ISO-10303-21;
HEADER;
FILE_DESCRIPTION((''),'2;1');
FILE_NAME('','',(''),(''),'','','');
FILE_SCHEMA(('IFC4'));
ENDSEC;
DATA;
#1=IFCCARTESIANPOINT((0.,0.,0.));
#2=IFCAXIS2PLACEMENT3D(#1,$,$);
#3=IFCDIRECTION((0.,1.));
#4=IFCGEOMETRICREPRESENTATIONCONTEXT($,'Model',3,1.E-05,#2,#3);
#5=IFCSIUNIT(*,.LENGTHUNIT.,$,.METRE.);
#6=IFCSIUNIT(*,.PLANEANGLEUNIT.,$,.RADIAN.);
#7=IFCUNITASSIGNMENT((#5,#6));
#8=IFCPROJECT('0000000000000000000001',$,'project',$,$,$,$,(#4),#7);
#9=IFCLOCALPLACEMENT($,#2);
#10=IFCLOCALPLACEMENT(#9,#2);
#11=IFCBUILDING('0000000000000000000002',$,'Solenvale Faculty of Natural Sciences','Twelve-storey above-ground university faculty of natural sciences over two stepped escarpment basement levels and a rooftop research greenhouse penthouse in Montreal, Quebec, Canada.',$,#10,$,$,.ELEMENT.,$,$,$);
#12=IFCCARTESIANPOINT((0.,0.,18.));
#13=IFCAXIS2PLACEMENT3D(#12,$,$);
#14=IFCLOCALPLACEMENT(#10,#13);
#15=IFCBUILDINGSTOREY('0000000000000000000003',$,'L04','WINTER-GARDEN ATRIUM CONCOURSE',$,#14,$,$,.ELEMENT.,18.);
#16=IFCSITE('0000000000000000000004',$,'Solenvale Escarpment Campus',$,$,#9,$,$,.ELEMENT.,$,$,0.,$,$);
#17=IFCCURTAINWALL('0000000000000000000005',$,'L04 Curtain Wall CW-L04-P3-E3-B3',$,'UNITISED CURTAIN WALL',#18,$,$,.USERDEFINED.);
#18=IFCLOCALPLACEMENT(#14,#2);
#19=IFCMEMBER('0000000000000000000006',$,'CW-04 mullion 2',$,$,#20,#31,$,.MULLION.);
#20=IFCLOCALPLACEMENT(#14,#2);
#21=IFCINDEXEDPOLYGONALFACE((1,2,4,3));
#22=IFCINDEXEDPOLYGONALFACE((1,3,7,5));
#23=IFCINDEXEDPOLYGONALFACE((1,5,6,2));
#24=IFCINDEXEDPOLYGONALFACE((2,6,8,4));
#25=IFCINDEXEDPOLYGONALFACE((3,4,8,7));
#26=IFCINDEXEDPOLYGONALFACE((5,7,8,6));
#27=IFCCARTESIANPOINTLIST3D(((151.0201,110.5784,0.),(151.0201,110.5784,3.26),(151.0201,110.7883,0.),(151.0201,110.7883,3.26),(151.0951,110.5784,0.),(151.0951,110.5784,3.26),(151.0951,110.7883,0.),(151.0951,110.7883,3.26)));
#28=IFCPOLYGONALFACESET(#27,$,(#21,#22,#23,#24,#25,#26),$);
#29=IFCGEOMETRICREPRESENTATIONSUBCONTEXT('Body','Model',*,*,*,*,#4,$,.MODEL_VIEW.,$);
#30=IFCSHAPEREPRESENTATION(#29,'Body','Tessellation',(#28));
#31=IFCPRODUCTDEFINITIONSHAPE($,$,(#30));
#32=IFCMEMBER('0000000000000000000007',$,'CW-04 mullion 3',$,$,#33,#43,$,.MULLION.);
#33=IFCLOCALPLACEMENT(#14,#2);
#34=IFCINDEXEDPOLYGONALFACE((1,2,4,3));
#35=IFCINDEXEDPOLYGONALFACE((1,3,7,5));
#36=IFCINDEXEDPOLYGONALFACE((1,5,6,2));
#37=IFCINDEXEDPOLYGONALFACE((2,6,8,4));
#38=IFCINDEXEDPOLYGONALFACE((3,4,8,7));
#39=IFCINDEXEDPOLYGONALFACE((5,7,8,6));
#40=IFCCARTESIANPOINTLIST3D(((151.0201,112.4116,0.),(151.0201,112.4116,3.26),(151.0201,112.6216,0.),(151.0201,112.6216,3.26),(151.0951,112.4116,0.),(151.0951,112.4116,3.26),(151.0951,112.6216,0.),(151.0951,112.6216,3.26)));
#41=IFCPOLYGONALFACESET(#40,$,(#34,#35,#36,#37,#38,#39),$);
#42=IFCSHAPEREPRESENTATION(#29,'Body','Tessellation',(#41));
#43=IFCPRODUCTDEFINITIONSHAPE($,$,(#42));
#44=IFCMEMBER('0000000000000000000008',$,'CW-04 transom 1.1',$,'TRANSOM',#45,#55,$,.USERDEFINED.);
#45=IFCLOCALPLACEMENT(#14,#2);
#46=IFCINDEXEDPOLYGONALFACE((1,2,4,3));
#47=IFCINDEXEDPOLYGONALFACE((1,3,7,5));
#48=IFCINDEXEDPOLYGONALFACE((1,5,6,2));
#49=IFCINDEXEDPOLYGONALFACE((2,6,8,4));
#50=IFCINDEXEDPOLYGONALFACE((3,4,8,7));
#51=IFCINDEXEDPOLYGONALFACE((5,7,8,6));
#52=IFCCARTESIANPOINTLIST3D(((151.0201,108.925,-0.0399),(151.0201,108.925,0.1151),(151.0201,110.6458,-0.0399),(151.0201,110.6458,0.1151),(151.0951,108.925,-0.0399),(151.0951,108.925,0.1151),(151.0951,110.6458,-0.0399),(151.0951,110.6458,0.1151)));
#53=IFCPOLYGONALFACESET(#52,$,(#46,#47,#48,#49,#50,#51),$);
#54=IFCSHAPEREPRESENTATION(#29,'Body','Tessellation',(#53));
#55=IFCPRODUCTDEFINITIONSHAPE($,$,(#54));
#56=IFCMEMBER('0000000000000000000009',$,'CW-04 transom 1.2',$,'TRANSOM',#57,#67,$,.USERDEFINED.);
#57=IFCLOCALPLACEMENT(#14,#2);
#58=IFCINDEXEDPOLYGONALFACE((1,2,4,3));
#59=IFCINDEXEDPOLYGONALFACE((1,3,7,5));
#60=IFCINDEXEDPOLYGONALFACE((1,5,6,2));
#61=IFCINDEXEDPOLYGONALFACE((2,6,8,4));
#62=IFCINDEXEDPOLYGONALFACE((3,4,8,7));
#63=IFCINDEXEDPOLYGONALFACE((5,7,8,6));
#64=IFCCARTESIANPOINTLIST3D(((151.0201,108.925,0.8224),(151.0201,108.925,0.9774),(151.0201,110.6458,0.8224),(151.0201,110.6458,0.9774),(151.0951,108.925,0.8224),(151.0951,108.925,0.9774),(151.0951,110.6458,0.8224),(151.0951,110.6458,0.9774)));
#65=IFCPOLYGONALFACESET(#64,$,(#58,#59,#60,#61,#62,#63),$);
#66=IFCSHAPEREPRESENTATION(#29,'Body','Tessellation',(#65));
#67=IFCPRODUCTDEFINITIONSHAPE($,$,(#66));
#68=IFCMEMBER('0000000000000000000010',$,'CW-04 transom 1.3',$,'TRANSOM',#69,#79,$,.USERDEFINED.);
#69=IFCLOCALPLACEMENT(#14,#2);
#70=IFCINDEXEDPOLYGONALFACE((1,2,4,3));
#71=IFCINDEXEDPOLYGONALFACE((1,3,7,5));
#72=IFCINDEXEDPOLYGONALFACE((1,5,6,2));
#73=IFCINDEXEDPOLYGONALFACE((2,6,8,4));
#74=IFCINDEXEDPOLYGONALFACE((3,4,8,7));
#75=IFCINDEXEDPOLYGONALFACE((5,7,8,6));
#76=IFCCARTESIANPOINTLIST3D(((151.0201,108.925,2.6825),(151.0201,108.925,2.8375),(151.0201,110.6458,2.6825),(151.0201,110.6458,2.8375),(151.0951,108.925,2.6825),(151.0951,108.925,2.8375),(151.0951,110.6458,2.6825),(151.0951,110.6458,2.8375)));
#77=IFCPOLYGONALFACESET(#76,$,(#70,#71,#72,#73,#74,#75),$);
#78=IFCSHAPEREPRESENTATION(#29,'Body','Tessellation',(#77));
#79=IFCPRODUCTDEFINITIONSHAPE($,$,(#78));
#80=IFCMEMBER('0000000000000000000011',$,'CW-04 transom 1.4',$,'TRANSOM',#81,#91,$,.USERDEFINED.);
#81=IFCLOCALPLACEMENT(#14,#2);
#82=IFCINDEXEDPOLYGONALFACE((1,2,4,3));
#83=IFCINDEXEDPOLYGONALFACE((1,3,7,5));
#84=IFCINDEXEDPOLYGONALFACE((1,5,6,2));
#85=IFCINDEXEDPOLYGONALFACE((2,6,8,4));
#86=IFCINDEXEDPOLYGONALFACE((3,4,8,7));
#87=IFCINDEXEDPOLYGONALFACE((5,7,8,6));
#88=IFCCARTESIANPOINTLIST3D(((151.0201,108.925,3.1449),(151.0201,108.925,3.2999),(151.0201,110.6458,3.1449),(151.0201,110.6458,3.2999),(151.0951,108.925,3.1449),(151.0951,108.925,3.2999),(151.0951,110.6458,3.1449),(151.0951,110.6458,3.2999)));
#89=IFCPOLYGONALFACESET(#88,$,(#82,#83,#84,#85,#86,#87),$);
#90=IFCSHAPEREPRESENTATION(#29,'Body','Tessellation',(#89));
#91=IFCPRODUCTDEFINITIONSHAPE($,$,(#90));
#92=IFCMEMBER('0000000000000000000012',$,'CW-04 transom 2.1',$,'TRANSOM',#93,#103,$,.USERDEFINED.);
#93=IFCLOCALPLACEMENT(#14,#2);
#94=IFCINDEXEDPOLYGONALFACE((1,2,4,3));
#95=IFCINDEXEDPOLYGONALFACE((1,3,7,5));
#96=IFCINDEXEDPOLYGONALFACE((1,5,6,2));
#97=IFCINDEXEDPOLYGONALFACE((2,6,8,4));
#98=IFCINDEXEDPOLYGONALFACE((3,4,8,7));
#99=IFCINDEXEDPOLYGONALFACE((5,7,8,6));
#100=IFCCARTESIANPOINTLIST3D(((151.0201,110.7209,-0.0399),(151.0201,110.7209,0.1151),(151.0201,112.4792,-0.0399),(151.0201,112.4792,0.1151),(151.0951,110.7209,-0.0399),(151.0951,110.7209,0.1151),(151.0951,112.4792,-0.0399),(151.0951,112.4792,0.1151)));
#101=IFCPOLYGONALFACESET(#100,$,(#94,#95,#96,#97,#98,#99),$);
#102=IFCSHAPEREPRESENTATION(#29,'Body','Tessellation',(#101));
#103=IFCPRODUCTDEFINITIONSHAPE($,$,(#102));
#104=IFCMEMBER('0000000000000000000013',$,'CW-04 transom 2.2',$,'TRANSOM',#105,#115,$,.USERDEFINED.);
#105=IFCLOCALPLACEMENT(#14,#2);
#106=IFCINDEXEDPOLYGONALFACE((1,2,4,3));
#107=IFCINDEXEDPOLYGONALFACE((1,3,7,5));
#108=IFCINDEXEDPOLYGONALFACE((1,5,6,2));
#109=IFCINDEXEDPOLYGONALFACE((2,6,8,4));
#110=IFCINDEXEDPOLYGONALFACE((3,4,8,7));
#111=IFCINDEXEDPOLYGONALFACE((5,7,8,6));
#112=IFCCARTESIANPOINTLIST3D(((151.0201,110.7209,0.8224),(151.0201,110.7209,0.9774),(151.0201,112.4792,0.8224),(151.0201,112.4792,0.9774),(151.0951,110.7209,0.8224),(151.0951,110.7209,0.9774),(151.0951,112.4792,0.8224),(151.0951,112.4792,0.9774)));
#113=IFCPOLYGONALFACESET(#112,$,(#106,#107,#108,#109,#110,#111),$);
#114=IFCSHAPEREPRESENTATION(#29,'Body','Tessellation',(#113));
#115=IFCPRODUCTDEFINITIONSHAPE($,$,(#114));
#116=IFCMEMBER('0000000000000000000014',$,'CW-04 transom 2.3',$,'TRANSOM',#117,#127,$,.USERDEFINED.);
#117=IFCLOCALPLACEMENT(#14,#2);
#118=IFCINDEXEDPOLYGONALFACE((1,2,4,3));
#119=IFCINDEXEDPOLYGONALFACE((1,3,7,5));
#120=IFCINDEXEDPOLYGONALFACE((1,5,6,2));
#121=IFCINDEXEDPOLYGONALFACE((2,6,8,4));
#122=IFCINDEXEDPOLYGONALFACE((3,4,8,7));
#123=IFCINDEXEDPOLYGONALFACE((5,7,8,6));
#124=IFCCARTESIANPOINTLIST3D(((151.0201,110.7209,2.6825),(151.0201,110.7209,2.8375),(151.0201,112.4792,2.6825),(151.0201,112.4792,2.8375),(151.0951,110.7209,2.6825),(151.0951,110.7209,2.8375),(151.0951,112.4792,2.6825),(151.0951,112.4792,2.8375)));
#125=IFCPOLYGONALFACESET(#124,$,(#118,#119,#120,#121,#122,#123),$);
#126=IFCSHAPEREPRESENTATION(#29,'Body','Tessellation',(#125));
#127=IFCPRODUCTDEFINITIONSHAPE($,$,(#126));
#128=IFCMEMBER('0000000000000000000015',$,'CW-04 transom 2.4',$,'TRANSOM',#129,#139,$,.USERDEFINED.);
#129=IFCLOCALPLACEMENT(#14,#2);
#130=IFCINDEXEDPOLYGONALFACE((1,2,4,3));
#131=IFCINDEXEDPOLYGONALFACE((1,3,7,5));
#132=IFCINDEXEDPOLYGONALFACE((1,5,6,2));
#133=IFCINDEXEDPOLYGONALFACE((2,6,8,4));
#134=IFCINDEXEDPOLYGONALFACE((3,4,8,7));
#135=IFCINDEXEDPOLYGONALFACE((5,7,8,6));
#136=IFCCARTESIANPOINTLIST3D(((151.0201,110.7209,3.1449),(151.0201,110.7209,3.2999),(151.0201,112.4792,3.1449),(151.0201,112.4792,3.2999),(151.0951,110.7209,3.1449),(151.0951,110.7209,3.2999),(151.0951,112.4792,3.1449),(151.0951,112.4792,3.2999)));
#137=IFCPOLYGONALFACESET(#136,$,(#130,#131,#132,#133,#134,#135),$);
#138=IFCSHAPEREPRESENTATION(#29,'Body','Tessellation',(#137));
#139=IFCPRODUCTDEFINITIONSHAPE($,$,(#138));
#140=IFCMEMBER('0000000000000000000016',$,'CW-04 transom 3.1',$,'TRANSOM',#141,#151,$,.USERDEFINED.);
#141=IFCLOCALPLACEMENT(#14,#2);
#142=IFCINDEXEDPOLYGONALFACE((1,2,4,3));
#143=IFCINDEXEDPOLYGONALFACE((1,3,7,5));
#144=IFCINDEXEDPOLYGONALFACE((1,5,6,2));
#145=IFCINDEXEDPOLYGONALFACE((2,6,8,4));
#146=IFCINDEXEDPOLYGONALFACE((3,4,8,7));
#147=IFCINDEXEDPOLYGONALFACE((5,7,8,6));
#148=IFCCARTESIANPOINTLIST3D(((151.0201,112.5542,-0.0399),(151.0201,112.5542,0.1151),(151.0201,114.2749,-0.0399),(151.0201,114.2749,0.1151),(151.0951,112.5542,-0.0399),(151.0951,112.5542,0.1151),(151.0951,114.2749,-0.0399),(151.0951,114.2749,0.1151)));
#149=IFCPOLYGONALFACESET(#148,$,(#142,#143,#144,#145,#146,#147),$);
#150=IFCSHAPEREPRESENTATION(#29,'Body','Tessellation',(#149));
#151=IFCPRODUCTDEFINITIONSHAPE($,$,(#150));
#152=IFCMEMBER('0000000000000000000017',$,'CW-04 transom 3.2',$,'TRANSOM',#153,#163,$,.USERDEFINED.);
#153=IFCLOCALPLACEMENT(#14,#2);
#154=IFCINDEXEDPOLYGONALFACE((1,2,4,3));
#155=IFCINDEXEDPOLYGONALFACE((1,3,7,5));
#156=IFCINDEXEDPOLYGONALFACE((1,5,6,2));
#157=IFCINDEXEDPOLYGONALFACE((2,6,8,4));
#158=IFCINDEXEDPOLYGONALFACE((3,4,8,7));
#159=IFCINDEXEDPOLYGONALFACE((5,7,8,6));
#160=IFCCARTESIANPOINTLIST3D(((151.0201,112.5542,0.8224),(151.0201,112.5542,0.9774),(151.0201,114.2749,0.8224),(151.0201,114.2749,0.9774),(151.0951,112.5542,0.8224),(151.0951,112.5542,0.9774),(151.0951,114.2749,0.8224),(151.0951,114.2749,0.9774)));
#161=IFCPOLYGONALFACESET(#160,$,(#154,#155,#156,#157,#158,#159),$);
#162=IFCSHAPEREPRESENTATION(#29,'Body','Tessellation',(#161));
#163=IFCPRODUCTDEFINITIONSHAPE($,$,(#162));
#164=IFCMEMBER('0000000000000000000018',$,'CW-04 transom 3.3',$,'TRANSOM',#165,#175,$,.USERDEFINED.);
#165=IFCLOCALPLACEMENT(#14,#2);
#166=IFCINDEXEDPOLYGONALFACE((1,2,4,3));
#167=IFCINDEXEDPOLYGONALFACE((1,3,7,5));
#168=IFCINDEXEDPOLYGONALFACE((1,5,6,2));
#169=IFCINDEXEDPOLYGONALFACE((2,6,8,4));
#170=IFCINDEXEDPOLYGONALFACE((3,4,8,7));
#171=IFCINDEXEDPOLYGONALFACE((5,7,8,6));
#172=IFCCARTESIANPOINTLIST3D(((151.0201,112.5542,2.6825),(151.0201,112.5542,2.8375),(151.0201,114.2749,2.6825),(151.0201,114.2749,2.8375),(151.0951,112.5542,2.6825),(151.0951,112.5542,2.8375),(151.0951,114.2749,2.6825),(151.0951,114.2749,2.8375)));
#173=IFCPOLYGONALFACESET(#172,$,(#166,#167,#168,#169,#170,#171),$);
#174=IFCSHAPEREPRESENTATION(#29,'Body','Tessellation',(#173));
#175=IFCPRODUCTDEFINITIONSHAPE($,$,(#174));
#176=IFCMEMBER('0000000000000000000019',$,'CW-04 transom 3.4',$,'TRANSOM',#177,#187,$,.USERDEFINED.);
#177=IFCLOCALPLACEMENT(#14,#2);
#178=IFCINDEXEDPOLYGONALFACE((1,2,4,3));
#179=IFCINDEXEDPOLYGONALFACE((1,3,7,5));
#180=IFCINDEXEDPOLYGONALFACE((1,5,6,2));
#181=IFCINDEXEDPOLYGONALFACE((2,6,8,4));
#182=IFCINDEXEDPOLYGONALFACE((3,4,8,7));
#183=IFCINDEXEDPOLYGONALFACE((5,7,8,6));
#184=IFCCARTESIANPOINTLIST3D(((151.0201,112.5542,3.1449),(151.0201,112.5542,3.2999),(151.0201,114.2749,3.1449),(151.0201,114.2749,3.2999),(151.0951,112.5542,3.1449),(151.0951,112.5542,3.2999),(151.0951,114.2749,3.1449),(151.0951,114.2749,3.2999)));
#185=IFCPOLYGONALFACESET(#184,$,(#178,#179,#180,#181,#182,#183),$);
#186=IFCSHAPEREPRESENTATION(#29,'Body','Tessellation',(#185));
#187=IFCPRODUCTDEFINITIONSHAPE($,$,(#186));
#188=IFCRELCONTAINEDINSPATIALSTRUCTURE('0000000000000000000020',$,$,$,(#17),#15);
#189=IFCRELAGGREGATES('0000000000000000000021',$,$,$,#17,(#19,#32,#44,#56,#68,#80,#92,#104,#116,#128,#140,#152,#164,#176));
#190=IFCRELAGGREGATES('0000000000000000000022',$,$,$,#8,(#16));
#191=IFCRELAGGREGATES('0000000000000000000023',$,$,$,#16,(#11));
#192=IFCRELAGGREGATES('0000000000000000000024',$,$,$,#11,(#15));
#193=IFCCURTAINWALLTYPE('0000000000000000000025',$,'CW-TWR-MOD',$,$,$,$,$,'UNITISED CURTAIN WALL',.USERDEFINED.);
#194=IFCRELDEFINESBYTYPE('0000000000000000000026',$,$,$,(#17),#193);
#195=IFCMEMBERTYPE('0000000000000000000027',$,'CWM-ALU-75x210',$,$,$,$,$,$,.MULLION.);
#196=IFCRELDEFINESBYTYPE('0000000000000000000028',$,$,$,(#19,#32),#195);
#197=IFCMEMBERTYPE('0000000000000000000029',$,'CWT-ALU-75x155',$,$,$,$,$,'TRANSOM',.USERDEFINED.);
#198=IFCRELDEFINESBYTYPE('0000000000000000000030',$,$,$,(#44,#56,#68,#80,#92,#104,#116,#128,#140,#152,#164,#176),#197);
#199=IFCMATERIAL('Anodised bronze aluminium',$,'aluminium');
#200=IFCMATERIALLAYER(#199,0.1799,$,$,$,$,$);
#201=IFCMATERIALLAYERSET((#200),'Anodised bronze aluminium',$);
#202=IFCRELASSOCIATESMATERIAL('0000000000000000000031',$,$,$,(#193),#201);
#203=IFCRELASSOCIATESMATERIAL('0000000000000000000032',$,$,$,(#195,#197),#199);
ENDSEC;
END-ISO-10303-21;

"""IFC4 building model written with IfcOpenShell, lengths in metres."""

from ifc_helpers import new_model, si_unit, direction, frame, origin, origin_2d, place, context, subcontext, project, spatial, rectangle, extrude, material, layer, layer_set, material_profile, profile_set, type_object, element, aggregate, save


model = new_model("IFC4")

# Units and contexts
model_context = context("Model", 3, precision=1e-05, world=origin(), true_north=direction((0.0, 1.0)))
body_context = subcontext(model_context, "Body", "Model", "MODEL_VIEW")
ifc_project = project(units=[si_unit("LENGTHUNIT", "METRE"), si_unit("PLANEANGLEUNIT", "RADIAN")], contexts=[model_context])

# Site, building, storey
site_placement = place(None, origin())
site = spatial("IfcSite", under=ifc_project, at=site_placement, Name="Solenvale Escarpment Campus", CompositionType="ELEMENT", RefElevation=0.0)
building_placement = place(site_placement, origin())
building = spatial("IfcBuilding", under=site, at=building_placement, Name="Solenvale Faculty of Natural Sciences", Description="Twelve-storey above-ground university faculty of natural sciences over two stepped escarpment basement levels and a rooftop research greenhouse penthouse in Montreal, Quebec, Canada.", CompositionType="ELEMENT")
storey_placement = place(building_placement, frame((0.0, 0.0, 18.0)))
storey = spatial("IfcBuildingStorey", under=building, at=storey_placement, Name="L04", Description="WINTER-GARDEN ATRIUM CONCOURSE", CompositionType="ELEMENT", Elevation=18.0)

# Curtain wall, members
ifc_material_1 = material(Name="Anodised bronze aluminium", Category="aluminium")
ifc_layer_1 = layer(ifc_material_1, 0.1799)
ifc_layer_set_1 = layer_set([ifc_layer_1], Name="Anodised bronze aluminium")
curtain_wall_type = type_object("IfcCurtainWallType", Name="CW-TWR-MOD", ElementType="UNITISED CURTAIN WALL", PredefinedType="USERDEFINED", material=ifc_layer_set_1)
curtain_wall_placement = place(storey_placement, origin())
curtain_wall = element("IfcCurtainWall", 1, at=curtain_wall_placement, inside=storey, type_object=curtain_wall_type, Name="L04 Curtain Wall CW-L04-P3-E3-B3", ObjectType="UNITISED CURTAIN WALL", PredefinedType="USERDEFINED")
ifc_material_profile_1 = material_profile(ifc_material_1, rectangle(XDim=0.075, YDim=0.21, at=origin_2d()), Name="ALU-MUL-75x210")
ifc_profile_set_1 = profile_set([ifc_material_profile_1], Name="Anodised bronze aluminium")
member_type_1 = type_object("IfcMemberType", Name="CWM-ALU-75x210", PredefinedType="MULLION", material=ifc_profile_set_1)
member_1_placement = place(storey_placement, frame((151.0576, 110.6833, 0.0), z_axis=(0.0, 0.0, 1.0), x_axis=(-1.0, 0.0, 0.0)))
member_1 = element("IfcMember", 2, at=member_1_placement, type_object=member_type_1, Name="CW-04 mullion 2", PredefinedType="MULLION", context=body_context, shape_type="SweptSolid", body=[
    extrude(rectangle(XDim=0.075, YDim=0.21, at=origin_2d()), origin(), (0.0, 0.0, 1.0), 3.26),
])
member_2_placement = place(storey_placement, frame((151.0576, 112.5166, 0.0), z_axis=(0.0, 0.0, 1.0), x_axis=(-1.0, 0.0, 0.0)))
member_2 = element("IfcMember", 3, at=member_2_placement, type_object=member_type_1, Name="CW-04 mullion 3", PredefinedType="MULLION", context=body_context, shape_type="SweptSolid", body=[
    extrude(rectangle(XDim=0.075, YDim=0.21, at=origin_2d()), origin(), (0.0, 0.0, 1.0), 3.26),
])
ifc_material_profile_2 = material_profile(ifc_material_1, rectangle(XDim=0.075, YDim=0.155, at=origin_2d()), Name="ALU-TRN-75x155")
ifc_profile_set_2 = profile_set([ifc_material_profile_2], Name="Anodised bronze aluminium")
member_type_2 = type_object("IfcMemberType", Name="CWT-ALU-75x155", ElementType="TRANSOM", PredefinedType="USERDEFINED", material=ifc_profile_set_2)
member_3_placement = place(storey_placement, frame((151.0576, 108.925, 0.0376), z_axis=(0.0, 1.0, 0.0), x_axis=(-1.0, 0.0, 0.0)))
member_3 = element("IfcMember", 4, at=member_3_placement, type_object=member_type_2, Name="CW-04 transom 1.1", ObjectType="TRANSOM", PredefinedType="USERDEFINED", context=body_context, shape_type="SweptSolid", body=[
    extrude(rectangle(XDim=0.075, YDim=0.155, at=origin_2d()), origin(), (0.0, 0.0, 1.0), 1.7207),
])
member_4_placement = place(storey_placement, frame((151.0576, 108.925, 0.8999), z_axis=(0.0, 1.0, 0.0), x_axis=(-1.0, 0.0, 0.0)))
member_4 = element("IfcMember", 5, at=member_4_placement, type_object=member_type_2, Name="CW-04 transom 1.2", ObjectType="TRANSOM", PredefinedType="USERDEFINED", context=body_context, shape_type="SweptSolid", body=[
    extrude(rectangle(XDim=0.075, YDim=0.155, at=origin_2d()), origin(), (0.0, 0.0, 1.0), 1.7207),
])
member_5_placement = place(storey_placement, frame((151.0576, 108.925, 2.76), z_axis=(0.0, 1.0, 0.0), x_axis=(-1.0, 0.0, 0.0)))
member_5 = element("IfcMember", 6, at=member_5_placement, type_object=member_type_2, Name="CW-04 transom 1.3", ObjectType="TRANSOM", PredefinedType="USERDEFINED", context=body_context, shape_type="SweptSolid", body=[
    extrude(rectangle(XDim=0.075, YDim=0.155, at=origin_2d()), origin(), (0.0, 0.0, 1.0), 1.7207),
])
member_6_placement = place(storey_placement, frame((151.0576, 108.925, 3.2224), z_axis=(0.0, 1.0, 0.0), x_axis=(-1.0, 0.0, 0.0)))
member_6 = element("IfcMember", 7, at=member_6_placement, type_object=member_type_2, Name="CW-04 transom 1.4", ObjectType="TRANSOM", PredefinedType="USERDEFINED", context=body_context, shape_type="SweptSolid", body=[
    extrude(rectangle(XDim=0.075, YDim=0.155, at=origin_2d()), origin(), (0.0, 0.0, 1.0), 1.7207),
])
member_7_placement = place(storey_placement, frame((151.0576, 110.7209, 0.0376), z_axis=(0.0, 1.0, 0.0), x_axis=(-1.0, 0.0, 0.0)))
member_7 = element("IfcMember", 8, at=member_7_placement, type_object=member_type_2, Name="CW-04 transom 2.1", ObjectType="TRANSOM", PredefinedType="USERDEFINED", context=body_context, shape_type="SweptSolid", body=[
    extrude(rectangle(XDim=0.075, YDim=0.155, at=origin_2d()), origin(), (0.0, 0.0, 1.0), 1.7583),
])
member_8_placement = place(storey_placement, frame((151.0576, 110.7209, 0.8999), z_axis=(0.0, 1.0, 0.0), x_axis=(-1.0, 0.0, 0.0)))
member_8 = element("IfcMember", 9, at=member_8_placement, type_object=member_type_2, Name="CW-04 transom 2.2", ObjectType="TRANSOM", PredefinedType="USERDEFINED", context=body_context, shape_type="SweptSolid", body=[
    extrude(rectangle(XDim=0.075, YDim=0.155, at=origin_2d()), origin(), (0.0, 0.0, 1.0), 1.7583),
])
member_9_placement = place(storey_placement, frame((151.0576, 110.7209, 2.76), z_axis=(0.0, 1.0, 0.0), x_axis=(-1.0, 0.0, 0.0)))
member_9 = element("IfcMember", 10, at=member_9_placement, type_object=member_type_2, Name="CW-04 transom 2.3", ObjectType="TRANSOM", PredefinedType="USERDEFINED", context=body_context, shape_type="SweptSolid", body=[
    extrude(rectangle(XDim=0.075, YDim=0.155, at=origin_2d()), origin(), (0.0, 0.0, 1.0), 1.7583),
])
member_10_placement = place(storey_placement, frame((151.0576, 110.7209, 3.2224), z_axis=(0.0, 1.0, 0.0), x_axis=(-1.0, 0.0, 0.0)))
member_10 = element("IfcMember", 11, at=member_10_placement, type_object=member_type_2, Name="CW-04 transom 2.4", ObjectType="TRANSOM", PredefinedType="USERDEFINED", context=body_context, shape_type="SweptSolid", body=[
    extrude(rectangle(XDim=0.075, YDim=0.155, at=origin_2d()), origin(), (0.0, 0.0, 1.0), 1.7583),
])
member_11_placement = place(storey_placement, frame((151.0576, 112.5542, 0.0376), z_axis=(0.0, 1.0, 0.0), x_axis=(-1.0, 0.0, 0.0)))
member_11 = element("IfcMember", 12, at=member_11_placement, type_object=member_type_2, Name="CW-04 transom 3.1", ObjectType="TRANSOM", PredefinedType="USERDEFINED", context=body_context, shape_type="SweptSolid", body=[
    extrude(rectangle(XDim=0.075, YDim=0.155, at=origin_2d()), origin(), (0.0, 0.0, 1.0), 1.7207),
])
member_12_placement = place(storey_placement, frame((151.0576, 112.5542, 0.8999), z_axis=(0.0, 1.0, 0.0), x_axis=(-1.0, 0.0, 0.0)))
member_12 = element("IfcMember", 13, at=member_12_placement, type_object=member_type_2, Name="CW-04 transom 3.2", ObjectType="TRANSOM", PredefinedType="USERDEFINED", context=body_context, shape_type="SweptSolid", body=[
    extrude(rectangle(XDim=0.075, YDim=0.155, at=origin_2d()), origin(), (0.0, 0.0, 1.0), 1.7207),
])
member_13_placement = place(storey_placement, frame((151.0576, 112.5542, 2.76), z_axis=(0.0, 1.0, 0.0), x_axis=(-1.0, 0.0, 0.0)))
member_13 = element("IfcMember", 14, at=member_13_placement, type_object=member_type_2, Name="CW-04 transom 3.3", ObjectType="TRANSOM", PredefinedType="USERDEFINED", context=body_context, shape_type="SweptSolid", body=[
    extrude(rectangle(XDim=0.075, YDim=0.155, at=origin_2d()), origin(), (0.0, 0.0, 1.0), 1.7207),
])
member_14_placement = place(storey_placement, frame((151.0576, 112.5542, 3.2224), z_axis=(0.0, 1.0, 0.0), x_axis=(-1.0, 0.0, 0.0)))
member_14 = element("IfcMember", 15, at=member_14_placement, type_object=member_type_2, Name="CW-04 transom 3.4", ObjectType="TRANSOM", PredefinedType="USERDEFINED", context=body_context, shape_type="SweptSolid", body=[
    extrude(rectangle(XDim=0.075, YDim=0.155, at=origin_2d()), origin(), (0.0, 0.0, 1.0), 1.7207),
])
aggregate(curtain_wall, [member_1, member_2, member_3, member_4, member_5, member_6, member_7, member_8, member_9, member_10, member_11, member_12, member_13, member_14])

save(model, "model.ifc")
